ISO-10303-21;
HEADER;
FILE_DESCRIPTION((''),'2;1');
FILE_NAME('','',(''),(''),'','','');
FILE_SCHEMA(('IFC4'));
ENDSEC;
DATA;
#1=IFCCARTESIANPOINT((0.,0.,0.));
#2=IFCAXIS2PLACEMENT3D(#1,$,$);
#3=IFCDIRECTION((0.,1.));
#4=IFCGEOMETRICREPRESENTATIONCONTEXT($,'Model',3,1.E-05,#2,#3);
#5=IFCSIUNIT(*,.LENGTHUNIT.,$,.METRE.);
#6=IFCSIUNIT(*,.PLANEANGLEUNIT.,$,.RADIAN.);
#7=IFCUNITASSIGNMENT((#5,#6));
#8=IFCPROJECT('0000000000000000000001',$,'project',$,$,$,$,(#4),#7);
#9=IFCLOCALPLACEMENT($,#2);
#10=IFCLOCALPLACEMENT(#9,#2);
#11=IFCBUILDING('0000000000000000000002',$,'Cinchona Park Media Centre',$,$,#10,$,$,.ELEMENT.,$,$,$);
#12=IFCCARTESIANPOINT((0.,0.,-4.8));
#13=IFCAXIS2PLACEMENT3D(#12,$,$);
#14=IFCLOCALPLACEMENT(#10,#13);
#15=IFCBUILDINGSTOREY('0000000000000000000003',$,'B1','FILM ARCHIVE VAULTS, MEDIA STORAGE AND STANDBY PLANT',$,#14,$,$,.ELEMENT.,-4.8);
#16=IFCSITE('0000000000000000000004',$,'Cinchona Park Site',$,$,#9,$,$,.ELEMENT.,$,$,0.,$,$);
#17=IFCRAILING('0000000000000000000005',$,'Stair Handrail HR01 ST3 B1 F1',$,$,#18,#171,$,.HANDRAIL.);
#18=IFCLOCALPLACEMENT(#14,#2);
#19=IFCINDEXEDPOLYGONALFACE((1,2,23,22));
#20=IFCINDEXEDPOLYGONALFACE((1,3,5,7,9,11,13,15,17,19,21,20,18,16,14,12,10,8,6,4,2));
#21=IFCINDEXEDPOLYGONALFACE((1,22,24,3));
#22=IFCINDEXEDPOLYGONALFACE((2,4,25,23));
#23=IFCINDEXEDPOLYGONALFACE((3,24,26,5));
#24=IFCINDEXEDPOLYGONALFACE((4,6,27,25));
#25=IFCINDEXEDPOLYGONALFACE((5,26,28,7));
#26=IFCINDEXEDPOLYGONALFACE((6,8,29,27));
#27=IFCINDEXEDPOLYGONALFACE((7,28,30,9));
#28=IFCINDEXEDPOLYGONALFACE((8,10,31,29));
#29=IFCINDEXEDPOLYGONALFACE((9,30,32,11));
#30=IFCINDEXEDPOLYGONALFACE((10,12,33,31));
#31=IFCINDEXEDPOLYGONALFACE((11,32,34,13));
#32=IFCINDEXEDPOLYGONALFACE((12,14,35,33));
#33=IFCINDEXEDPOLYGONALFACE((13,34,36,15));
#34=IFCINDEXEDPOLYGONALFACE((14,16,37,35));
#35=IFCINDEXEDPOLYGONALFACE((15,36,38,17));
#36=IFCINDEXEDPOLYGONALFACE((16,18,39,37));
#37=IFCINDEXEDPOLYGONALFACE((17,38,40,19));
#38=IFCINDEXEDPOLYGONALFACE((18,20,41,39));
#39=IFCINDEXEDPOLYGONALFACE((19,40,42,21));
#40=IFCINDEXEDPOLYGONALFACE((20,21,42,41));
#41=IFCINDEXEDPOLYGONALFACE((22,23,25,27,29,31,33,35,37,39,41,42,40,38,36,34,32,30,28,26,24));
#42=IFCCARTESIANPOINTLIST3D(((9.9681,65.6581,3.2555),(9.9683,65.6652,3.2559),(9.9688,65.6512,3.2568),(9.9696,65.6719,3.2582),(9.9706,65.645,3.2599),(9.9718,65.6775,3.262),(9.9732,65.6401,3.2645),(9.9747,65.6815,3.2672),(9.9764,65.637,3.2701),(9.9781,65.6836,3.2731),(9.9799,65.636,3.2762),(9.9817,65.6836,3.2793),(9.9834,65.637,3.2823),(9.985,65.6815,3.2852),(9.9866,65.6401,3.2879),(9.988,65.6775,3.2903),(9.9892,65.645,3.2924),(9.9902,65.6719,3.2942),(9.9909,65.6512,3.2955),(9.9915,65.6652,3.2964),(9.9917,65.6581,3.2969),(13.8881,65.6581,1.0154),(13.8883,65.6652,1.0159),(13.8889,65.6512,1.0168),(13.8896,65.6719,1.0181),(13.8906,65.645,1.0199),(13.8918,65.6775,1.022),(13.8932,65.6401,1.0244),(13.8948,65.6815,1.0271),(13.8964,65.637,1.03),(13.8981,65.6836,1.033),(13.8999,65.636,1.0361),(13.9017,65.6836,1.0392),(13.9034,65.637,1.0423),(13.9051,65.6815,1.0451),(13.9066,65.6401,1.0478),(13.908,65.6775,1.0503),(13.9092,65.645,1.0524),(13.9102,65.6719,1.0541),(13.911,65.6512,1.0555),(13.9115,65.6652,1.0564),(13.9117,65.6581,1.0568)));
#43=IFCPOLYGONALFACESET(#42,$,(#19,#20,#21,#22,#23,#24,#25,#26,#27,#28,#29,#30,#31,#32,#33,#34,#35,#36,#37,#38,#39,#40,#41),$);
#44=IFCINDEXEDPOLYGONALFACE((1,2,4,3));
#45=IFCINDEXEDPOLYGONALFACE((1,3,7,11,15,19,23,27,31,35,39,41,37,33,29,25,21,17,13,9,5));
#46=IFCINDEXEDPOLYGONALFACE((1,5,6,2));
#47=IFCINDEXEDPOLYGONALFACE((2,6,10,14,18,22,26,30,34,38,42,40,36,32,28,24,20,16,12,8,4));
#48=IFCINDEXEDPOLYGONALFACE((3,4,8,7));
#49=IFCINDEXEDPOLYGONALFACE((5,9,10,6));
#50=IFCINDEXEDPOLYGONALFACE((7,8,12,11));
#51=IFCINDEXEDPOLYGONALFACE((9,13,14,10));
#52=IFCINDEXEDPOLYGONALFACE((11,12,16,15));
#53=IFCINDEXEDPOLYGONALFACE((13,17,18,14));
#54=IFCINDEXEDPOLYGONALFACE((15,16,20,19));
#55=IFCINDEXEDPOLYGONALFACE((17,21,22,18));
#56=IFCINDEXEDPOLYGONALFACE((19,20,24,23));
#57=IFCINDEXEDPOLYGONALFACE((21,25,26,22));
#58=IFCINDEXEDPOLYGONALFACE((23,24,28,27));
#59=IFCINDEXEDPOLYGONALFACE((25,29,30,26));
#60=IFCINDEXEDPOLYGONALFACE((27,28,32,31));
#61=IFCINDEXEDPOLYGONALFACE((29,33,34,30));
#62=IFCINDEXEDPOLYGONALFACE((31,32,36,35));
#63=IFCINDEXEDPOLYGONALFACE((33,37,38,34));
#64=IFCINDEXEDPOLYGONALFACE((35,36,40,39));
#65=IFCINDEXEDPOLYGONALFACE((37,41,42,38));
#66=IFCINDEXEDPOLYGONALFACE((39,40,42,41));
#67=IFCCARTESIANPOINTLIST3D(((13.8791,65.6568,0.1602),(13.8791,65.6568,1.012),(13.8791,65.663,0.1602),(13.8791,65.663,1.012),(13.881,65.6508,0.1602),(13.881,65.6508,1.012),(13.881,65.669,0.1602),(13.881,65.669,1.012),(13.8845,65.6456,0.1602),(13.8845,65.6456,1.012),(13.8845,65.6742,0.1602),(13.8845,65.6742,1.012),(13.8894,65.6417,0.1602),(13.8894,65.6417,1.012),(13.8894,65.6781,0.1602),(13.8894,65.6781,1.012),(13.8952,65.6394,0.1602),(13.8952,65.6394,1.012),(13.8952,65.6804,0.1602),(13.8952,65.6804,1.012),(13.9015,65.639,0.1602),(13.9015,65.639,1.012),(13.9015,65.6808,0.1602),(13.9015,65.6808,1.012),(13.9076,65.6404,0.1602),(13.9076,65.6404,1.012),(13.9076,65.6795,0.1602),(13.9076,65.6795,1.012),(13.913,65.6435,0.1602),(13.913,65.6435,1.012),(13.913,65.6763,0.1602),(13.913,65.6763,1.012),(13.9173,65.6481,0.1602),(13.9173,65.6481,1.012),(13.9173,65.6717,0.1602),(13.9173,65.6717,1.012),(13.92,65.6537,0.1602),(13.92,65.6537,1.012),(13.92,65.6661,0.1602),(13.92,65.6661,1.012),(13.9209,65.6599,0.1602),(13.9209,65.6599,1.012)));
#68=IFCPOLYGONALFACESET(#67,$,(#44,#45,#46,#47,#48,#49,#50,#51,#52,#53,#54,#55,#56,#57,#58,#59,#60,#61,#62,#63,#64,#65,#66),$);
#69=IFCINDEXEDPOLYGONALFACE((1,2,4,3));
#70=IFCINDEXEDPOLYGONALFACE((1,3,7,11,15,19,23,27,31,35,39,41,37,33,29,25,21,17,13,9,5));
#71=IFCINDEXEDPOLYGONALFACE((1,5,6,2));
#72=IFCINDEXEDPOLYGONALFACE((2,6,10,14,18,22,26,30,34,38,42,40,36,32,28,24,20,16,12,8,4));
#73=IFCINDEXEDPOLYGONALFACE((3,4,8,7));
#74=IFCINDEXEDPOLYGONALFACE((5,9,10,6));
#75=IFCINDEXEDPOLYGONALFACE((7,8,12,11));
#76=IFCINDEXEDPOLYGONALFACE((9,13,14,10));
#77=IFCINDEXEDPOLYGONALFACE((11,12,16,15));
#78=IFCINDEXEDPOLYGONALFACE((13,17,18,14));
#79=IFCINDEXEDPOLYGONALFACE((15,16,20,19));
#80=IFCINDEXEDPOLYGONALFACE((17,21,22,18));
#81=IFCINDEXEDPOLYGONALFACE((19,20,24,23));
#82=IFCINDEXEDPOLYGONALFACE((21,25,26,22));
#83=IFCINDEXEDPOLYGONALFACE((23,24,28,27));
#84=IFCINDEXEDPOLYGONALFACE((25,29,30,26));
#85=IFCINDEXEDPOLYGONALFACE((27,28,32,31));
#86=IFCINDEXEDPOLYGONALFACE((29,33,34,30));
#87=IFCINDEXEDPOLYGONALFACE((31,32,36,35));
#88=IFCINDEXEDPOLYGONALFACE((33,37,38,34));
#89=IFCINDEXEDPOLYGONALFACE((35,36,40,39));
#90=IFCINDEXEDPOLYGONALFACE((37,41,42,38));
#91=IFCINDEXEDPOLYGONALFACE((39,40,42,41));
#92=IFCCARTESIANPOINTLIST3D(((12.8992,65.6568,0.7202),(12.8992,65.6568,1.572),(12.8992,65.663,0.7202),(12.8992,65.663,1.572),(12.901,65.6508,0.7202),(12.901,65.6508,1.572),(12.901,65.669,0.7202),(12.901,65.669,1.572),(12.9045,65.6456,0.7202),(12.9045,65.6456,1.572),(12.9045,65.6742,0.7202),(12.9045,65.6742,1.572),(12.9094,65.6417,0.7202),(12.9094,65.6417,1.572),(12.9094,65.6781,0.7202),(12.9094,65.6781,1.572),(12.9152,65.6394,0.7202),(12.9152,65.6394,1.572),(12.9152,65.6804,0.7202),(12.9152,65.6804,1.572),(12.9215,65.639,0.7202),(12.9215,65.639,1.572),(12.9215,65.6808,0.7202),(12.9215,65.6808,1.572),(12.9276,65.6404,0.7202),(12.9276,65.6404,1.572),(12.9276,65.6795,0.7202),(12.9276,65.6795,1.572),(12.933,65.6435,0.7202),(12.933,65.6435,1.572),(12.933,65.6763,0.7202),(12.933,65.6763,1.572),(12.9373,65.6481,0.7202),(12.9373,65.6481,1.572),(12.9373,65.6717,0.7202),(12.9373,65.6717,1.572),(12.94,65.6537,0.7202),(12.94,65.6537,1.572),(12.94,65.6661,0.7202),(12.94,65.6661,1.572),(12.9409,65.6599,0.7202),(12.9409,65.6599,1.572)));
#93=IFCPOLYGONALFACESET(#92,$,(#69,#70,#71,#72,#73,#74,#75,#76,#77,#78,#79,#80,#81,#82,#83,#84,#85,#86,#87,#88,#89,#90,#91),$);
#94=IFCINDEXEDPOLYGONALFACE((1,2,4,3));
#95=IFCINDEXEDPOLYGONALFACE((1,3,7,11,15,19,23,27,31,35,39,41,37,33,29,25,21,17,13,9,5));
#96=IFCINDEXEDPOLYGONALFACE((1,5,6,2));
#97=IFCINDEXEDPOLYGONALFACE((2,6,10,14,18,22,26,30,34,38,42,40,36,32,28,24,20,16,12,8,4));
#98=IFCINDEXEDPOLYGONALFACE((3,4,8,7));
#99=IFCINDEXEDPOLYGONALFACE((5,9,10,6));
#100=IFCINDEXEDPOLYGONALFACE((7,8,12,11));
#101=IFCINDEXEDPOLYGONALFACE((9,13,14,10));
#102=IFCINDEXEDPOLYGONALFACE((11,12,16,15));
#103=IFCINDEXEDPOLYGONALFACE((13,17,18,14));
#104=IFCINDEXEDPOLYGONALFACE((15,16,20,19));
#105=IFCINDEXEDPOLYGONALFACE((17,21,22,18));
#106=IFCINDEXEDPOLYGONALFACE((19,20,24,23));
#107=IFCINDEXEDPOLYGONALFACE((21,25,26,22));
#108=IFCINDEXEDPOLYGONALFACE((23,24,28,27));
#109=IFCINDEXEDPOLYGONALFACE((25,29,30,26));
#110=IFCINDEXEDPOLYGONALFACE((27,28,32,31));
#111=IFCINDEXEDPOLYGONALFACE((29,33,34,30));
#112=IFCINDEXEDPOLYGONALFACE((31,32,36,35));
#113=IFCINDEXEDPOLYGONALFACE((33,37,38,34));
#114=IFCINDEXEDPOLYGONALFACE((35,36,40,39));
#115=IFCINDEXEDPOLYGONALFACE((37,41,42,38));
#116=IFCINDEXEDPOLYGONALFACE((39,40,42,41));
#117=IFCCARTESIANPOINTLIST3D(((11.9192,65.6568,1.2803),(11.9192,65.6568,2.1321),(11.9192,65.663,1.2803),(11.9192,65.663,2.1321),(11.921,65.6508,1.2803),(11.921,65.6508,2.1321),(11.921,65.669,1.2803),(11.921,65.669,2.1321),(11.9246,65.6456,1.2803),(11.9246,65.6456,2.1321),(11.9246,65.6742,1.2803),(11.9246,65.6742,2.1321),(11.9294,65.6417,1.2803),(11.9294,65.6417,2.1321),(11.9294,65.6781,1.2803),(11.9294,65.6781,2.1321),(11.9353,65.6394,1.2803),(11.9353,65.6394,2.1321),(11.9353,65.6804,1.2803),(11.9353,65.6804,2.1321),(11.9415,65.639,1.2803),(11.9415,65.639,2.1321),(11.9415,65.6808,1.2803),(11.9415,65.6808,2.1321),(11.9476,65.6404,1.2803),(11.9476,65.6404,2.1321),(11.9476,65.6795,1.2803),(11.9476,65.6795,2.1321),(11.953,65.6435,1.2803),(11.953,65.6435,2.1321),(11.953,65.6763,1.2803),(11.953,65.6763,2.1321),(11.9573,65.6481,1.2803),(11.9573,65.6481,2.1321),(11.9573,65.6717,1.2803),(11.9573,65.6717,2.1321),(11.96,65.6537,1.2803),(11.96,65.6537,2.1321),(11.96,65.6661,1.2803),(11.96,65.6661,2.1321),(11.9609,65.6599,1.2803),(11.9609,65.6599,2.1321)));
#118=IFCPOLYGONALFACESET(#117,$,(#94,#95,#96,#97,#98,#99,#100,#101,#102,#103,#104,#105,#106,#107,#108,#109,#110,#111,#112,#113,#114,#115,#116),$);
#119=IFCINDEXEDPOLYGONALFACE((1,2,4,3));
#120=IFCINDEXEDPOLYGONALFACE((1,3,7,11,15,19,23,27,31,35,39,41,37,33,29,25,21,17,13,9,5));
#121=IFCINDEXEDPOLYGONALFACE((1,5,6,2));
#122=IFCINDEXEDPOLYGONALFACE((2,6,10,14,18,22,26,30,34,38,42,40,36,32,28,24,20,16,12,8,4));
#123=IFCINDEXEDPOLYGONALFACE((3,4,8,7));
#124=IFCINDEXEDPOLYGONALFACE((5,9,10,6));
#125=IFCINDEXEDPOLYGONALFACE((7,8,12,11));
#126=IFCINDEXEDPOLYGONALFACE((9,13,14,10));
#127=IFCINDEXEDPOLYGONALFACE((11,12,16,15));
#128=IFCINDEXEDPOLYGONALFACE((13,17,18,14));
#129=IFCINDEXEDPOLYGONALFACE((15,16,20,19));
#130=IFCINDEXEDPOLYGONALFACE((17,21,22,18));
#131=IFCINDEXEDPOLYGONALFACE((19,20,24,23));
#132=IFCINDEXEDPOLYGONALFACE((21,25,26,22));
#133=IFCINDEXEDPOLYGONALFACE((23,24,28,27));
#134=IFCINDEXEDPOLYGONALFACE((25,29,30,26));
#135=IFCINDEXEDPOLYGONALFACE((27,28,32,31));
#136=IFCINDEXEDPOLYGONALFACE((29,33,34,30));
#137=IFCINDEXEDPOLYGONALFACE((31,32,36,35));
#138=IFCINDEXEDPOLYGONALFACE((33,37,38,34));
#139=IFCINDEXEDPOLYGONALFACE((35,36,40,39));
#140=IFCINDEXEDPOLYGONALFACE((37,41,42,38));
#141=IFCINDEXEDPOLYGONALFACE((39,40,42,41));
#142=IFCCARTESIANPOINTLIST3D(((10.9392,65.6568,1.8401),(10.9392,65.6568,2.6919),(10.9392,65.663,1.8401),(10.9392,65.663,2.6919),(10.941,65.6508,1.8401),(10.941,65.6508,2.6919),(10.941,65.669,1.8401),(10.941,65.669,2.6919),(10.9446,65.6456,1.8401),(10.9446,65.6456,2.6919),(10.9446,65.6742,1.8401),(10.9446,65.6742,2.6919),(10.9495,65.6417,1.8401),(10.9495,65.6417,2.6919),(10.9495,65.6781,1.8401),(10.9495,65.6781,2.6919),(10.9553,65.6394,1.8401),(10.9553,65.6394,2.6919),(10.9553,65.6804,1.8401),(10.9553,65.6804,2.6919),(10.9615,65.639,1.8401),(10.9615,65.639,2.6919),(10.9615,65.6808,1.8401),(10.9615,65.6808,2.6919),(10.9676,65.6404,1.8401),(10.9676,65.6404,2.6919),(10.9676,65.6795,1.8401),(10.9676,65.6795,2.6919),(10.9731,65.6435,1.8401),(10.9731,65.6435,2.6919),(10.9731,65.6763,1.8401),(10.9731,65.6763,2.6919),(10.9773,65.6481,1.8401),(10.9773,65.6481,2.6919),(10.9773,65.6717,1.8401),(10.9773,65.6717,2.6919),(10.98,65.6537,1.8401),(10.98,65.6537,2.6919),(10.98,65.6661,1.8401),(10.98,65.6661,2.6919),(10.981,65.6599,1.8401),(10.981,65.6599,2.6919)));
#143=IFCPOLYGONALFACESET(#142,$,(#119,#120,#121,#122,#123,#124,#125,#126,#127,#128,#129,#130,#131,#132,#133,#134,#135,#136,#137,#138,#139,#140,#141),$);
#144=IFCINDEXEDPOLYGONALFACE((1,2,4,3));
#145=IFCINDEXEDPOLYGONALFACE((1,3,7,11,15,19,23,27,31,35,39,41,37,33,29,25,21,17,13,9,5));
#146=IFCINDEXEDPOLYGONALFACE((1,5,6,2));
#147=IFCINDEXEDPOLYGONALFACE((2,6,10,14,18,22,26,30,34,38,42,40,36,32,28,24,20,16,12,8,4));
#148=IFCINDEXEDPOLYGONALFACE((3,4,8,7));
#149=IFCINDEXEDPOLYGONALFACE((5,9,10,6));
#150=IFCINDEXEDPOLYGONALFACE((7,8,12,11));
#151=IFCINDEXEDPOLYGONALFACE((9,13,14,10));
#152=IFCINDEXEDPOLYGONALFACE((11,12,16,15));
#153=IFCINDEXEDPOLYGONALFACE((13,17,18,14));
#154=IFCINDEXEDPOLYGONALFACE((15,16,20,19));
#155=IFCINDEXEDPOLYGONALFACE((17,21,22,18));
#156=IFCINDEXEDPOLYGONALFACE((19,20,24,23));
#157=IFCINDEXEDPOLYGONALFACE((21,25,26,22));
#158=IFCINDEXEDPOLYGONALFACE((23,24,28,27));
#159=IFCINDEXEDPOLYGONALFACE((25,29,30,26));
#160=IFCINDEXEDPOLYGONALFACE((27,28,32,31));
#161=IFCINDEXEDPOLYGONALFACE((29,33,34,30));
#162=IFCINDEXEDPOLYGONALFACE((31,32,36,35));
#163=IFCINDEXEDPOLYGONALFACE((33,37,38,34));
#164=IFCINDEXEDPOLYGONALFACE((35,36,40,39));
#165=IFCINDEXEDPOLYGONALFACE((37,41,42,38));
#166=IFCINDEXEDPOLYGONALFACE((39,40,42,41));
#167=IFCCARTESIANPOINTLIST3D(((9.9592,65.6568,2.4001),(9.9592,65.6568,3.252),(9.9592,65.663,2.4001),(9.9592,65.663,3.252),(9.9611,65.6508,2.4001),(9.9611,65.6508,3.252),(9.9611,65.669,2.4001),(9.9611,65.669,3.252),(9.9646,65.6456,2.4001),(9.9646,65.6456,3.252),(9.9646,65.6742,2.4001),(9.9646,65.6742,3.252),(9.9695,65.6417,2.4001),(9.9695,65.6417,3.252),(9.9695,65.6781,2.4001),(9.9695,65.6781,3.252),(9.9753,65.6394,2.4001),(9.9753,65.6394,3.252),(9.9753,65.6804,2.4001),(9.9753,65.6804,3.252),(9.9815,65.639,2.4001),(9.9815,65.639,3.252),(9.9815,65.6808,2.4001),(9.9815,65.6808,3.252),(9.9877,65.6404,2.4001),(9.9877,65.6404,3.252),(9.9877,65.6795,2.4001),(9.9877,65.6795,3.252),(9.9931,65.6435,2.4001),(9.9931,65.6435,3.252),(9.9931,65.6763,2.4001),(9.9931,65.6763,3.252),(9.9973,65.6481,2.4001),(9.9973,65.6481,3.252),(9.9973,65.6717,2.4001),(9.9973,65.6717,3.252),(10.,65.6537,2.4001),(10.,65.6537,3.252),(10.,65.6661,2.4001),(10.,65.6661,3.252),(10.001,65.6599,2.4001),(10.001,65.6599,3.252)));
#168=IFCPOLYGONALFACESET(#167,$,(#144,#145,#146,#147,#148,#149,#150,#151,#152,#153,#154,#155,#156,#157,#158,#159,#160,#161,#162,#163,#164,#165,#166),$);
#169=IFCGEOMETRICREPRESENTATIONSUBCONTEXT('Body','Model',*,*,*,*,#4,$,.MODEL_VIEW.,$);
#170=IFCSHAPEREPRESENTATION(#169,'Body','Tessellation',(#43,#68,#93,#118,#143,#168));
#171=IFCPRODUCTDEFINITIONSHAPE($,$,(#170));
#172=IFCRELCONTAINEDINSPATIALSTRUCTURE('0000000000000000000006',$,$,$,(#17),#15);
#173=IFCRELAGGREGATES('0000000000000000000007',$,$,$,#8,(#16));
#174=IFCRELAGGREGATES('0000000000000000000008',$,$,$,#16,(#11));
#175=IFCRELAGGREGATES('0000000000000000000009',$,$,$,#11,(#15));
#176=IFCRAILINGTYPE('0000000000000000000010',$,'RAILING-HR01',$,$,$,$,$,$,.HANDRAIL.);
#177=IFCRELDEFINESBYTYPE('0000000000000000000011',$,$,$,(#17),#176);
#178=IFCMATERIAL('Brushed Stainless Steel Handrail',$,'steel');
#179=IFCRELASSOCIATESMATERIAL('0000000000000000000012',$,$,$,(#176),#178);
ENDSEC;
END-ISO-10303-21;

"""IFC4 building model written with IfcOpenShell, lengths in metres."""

from ifc_helpers import new_model, si_unit, direction, frame, origin, origin_2d, place, context, subcontext, project, spatial, circle, extrude, material, type_object, element, save


model = new_model("IFC4")

# Units and contexts
model_context = context("Model", 3, precision=1e-05, world=origin(), true_north=direction((0.0, 1.0)))
body_context = subcontext(model_context, "Body", "Model", "MODEL_VIEW")
ifc_project = project(units=[si_unit("LENGTHUNIT", "METRE"), si_unit("PLANEANGLEUNIT", "RADIAN")], contexts=[model_context])

# Site, building, storey
site_placement = place(None, origin())
site = spatial("IfcSite", under=ifc_project, at=site_placement, Name="Cinchona Park Site", CompositionType="ELEMENT", RefElevation=0.0)
building_placement = place(site_placement, origin())
building = spatial("IfcBuilding", under=site, at=building_placement, Name="Cinchona Park Media Centre", CompositionType="ELEMENT")
storey_placement = place(building_placement, frame((0.0, 0.0, -4.8)))
storey = spatial("IfcBuildingStorey", under=building, at=storey_placement, Name="B1", Description="FILM ARCHIVE VAULTS, MEDIA STORAGE AND STANDBY PLANT", CompositionType="ELEMENT", Elevation=-4.8)

# Railing
ifc_material_1 = material(Name="Brushed Stainless Steel Handrail", Category="steel")
railing_type_1 = type_object("IfcRailingType", Name="RAILING-HR01", PredefinedType="HANDRAIL", material=ifc_material_1)
railing_1_placement = place(storey_placement, frame((13.8999, 65.6599, 0.1602)))
element("IfcRailing", 1, at=railing_1_placement, inside=storey, type_object=railing_type_1, Name="Stair Handrail HR01 ST3 B1 F1", PredefinedType="HANDRAIL", context=body_context, shape_type="SweptSolid", body=[
    extrude(circle(Radius=0.0239, at=origin_2d()), frame((0.0, 0.0, 0.876), z_axis=(-0.86824, 0.0, 0.496145), x_axis=(0.0, -1.0, 0.0)), (0.0, 0.0, 1.0), 4.5149),
    extrude(circle(Radius=0.021, at=origin_2d()), origin(), (0.0, 0.0, 1.0), 0.8518),
    extrude(circle(Radius=0.021, at=origin_2d()), frame((-0.98, 0.0, 0.5601)), (0.0, 0.0, 1.0), 0.8518),
    extrude(circle(Radius=0.021, at=origin_2d()), frame((-1.96, 0.0, 1.1201)), (0.0, 0.0, 1.0), 0.8518),
    extrude(circle(Radius=0.021, at=origin_2d()), frame((-2.9399, 0.0, 1.6799)), (0.0, 0.0, 1.0), 0.8518),
    extrude(circle(Radius=0.021, at=origin_2d()), frame((-3.9199, 0.0, 2.24)), (0.0, 0.0, 1.0), 0.8518),
])

save(model, "model.ifc")
